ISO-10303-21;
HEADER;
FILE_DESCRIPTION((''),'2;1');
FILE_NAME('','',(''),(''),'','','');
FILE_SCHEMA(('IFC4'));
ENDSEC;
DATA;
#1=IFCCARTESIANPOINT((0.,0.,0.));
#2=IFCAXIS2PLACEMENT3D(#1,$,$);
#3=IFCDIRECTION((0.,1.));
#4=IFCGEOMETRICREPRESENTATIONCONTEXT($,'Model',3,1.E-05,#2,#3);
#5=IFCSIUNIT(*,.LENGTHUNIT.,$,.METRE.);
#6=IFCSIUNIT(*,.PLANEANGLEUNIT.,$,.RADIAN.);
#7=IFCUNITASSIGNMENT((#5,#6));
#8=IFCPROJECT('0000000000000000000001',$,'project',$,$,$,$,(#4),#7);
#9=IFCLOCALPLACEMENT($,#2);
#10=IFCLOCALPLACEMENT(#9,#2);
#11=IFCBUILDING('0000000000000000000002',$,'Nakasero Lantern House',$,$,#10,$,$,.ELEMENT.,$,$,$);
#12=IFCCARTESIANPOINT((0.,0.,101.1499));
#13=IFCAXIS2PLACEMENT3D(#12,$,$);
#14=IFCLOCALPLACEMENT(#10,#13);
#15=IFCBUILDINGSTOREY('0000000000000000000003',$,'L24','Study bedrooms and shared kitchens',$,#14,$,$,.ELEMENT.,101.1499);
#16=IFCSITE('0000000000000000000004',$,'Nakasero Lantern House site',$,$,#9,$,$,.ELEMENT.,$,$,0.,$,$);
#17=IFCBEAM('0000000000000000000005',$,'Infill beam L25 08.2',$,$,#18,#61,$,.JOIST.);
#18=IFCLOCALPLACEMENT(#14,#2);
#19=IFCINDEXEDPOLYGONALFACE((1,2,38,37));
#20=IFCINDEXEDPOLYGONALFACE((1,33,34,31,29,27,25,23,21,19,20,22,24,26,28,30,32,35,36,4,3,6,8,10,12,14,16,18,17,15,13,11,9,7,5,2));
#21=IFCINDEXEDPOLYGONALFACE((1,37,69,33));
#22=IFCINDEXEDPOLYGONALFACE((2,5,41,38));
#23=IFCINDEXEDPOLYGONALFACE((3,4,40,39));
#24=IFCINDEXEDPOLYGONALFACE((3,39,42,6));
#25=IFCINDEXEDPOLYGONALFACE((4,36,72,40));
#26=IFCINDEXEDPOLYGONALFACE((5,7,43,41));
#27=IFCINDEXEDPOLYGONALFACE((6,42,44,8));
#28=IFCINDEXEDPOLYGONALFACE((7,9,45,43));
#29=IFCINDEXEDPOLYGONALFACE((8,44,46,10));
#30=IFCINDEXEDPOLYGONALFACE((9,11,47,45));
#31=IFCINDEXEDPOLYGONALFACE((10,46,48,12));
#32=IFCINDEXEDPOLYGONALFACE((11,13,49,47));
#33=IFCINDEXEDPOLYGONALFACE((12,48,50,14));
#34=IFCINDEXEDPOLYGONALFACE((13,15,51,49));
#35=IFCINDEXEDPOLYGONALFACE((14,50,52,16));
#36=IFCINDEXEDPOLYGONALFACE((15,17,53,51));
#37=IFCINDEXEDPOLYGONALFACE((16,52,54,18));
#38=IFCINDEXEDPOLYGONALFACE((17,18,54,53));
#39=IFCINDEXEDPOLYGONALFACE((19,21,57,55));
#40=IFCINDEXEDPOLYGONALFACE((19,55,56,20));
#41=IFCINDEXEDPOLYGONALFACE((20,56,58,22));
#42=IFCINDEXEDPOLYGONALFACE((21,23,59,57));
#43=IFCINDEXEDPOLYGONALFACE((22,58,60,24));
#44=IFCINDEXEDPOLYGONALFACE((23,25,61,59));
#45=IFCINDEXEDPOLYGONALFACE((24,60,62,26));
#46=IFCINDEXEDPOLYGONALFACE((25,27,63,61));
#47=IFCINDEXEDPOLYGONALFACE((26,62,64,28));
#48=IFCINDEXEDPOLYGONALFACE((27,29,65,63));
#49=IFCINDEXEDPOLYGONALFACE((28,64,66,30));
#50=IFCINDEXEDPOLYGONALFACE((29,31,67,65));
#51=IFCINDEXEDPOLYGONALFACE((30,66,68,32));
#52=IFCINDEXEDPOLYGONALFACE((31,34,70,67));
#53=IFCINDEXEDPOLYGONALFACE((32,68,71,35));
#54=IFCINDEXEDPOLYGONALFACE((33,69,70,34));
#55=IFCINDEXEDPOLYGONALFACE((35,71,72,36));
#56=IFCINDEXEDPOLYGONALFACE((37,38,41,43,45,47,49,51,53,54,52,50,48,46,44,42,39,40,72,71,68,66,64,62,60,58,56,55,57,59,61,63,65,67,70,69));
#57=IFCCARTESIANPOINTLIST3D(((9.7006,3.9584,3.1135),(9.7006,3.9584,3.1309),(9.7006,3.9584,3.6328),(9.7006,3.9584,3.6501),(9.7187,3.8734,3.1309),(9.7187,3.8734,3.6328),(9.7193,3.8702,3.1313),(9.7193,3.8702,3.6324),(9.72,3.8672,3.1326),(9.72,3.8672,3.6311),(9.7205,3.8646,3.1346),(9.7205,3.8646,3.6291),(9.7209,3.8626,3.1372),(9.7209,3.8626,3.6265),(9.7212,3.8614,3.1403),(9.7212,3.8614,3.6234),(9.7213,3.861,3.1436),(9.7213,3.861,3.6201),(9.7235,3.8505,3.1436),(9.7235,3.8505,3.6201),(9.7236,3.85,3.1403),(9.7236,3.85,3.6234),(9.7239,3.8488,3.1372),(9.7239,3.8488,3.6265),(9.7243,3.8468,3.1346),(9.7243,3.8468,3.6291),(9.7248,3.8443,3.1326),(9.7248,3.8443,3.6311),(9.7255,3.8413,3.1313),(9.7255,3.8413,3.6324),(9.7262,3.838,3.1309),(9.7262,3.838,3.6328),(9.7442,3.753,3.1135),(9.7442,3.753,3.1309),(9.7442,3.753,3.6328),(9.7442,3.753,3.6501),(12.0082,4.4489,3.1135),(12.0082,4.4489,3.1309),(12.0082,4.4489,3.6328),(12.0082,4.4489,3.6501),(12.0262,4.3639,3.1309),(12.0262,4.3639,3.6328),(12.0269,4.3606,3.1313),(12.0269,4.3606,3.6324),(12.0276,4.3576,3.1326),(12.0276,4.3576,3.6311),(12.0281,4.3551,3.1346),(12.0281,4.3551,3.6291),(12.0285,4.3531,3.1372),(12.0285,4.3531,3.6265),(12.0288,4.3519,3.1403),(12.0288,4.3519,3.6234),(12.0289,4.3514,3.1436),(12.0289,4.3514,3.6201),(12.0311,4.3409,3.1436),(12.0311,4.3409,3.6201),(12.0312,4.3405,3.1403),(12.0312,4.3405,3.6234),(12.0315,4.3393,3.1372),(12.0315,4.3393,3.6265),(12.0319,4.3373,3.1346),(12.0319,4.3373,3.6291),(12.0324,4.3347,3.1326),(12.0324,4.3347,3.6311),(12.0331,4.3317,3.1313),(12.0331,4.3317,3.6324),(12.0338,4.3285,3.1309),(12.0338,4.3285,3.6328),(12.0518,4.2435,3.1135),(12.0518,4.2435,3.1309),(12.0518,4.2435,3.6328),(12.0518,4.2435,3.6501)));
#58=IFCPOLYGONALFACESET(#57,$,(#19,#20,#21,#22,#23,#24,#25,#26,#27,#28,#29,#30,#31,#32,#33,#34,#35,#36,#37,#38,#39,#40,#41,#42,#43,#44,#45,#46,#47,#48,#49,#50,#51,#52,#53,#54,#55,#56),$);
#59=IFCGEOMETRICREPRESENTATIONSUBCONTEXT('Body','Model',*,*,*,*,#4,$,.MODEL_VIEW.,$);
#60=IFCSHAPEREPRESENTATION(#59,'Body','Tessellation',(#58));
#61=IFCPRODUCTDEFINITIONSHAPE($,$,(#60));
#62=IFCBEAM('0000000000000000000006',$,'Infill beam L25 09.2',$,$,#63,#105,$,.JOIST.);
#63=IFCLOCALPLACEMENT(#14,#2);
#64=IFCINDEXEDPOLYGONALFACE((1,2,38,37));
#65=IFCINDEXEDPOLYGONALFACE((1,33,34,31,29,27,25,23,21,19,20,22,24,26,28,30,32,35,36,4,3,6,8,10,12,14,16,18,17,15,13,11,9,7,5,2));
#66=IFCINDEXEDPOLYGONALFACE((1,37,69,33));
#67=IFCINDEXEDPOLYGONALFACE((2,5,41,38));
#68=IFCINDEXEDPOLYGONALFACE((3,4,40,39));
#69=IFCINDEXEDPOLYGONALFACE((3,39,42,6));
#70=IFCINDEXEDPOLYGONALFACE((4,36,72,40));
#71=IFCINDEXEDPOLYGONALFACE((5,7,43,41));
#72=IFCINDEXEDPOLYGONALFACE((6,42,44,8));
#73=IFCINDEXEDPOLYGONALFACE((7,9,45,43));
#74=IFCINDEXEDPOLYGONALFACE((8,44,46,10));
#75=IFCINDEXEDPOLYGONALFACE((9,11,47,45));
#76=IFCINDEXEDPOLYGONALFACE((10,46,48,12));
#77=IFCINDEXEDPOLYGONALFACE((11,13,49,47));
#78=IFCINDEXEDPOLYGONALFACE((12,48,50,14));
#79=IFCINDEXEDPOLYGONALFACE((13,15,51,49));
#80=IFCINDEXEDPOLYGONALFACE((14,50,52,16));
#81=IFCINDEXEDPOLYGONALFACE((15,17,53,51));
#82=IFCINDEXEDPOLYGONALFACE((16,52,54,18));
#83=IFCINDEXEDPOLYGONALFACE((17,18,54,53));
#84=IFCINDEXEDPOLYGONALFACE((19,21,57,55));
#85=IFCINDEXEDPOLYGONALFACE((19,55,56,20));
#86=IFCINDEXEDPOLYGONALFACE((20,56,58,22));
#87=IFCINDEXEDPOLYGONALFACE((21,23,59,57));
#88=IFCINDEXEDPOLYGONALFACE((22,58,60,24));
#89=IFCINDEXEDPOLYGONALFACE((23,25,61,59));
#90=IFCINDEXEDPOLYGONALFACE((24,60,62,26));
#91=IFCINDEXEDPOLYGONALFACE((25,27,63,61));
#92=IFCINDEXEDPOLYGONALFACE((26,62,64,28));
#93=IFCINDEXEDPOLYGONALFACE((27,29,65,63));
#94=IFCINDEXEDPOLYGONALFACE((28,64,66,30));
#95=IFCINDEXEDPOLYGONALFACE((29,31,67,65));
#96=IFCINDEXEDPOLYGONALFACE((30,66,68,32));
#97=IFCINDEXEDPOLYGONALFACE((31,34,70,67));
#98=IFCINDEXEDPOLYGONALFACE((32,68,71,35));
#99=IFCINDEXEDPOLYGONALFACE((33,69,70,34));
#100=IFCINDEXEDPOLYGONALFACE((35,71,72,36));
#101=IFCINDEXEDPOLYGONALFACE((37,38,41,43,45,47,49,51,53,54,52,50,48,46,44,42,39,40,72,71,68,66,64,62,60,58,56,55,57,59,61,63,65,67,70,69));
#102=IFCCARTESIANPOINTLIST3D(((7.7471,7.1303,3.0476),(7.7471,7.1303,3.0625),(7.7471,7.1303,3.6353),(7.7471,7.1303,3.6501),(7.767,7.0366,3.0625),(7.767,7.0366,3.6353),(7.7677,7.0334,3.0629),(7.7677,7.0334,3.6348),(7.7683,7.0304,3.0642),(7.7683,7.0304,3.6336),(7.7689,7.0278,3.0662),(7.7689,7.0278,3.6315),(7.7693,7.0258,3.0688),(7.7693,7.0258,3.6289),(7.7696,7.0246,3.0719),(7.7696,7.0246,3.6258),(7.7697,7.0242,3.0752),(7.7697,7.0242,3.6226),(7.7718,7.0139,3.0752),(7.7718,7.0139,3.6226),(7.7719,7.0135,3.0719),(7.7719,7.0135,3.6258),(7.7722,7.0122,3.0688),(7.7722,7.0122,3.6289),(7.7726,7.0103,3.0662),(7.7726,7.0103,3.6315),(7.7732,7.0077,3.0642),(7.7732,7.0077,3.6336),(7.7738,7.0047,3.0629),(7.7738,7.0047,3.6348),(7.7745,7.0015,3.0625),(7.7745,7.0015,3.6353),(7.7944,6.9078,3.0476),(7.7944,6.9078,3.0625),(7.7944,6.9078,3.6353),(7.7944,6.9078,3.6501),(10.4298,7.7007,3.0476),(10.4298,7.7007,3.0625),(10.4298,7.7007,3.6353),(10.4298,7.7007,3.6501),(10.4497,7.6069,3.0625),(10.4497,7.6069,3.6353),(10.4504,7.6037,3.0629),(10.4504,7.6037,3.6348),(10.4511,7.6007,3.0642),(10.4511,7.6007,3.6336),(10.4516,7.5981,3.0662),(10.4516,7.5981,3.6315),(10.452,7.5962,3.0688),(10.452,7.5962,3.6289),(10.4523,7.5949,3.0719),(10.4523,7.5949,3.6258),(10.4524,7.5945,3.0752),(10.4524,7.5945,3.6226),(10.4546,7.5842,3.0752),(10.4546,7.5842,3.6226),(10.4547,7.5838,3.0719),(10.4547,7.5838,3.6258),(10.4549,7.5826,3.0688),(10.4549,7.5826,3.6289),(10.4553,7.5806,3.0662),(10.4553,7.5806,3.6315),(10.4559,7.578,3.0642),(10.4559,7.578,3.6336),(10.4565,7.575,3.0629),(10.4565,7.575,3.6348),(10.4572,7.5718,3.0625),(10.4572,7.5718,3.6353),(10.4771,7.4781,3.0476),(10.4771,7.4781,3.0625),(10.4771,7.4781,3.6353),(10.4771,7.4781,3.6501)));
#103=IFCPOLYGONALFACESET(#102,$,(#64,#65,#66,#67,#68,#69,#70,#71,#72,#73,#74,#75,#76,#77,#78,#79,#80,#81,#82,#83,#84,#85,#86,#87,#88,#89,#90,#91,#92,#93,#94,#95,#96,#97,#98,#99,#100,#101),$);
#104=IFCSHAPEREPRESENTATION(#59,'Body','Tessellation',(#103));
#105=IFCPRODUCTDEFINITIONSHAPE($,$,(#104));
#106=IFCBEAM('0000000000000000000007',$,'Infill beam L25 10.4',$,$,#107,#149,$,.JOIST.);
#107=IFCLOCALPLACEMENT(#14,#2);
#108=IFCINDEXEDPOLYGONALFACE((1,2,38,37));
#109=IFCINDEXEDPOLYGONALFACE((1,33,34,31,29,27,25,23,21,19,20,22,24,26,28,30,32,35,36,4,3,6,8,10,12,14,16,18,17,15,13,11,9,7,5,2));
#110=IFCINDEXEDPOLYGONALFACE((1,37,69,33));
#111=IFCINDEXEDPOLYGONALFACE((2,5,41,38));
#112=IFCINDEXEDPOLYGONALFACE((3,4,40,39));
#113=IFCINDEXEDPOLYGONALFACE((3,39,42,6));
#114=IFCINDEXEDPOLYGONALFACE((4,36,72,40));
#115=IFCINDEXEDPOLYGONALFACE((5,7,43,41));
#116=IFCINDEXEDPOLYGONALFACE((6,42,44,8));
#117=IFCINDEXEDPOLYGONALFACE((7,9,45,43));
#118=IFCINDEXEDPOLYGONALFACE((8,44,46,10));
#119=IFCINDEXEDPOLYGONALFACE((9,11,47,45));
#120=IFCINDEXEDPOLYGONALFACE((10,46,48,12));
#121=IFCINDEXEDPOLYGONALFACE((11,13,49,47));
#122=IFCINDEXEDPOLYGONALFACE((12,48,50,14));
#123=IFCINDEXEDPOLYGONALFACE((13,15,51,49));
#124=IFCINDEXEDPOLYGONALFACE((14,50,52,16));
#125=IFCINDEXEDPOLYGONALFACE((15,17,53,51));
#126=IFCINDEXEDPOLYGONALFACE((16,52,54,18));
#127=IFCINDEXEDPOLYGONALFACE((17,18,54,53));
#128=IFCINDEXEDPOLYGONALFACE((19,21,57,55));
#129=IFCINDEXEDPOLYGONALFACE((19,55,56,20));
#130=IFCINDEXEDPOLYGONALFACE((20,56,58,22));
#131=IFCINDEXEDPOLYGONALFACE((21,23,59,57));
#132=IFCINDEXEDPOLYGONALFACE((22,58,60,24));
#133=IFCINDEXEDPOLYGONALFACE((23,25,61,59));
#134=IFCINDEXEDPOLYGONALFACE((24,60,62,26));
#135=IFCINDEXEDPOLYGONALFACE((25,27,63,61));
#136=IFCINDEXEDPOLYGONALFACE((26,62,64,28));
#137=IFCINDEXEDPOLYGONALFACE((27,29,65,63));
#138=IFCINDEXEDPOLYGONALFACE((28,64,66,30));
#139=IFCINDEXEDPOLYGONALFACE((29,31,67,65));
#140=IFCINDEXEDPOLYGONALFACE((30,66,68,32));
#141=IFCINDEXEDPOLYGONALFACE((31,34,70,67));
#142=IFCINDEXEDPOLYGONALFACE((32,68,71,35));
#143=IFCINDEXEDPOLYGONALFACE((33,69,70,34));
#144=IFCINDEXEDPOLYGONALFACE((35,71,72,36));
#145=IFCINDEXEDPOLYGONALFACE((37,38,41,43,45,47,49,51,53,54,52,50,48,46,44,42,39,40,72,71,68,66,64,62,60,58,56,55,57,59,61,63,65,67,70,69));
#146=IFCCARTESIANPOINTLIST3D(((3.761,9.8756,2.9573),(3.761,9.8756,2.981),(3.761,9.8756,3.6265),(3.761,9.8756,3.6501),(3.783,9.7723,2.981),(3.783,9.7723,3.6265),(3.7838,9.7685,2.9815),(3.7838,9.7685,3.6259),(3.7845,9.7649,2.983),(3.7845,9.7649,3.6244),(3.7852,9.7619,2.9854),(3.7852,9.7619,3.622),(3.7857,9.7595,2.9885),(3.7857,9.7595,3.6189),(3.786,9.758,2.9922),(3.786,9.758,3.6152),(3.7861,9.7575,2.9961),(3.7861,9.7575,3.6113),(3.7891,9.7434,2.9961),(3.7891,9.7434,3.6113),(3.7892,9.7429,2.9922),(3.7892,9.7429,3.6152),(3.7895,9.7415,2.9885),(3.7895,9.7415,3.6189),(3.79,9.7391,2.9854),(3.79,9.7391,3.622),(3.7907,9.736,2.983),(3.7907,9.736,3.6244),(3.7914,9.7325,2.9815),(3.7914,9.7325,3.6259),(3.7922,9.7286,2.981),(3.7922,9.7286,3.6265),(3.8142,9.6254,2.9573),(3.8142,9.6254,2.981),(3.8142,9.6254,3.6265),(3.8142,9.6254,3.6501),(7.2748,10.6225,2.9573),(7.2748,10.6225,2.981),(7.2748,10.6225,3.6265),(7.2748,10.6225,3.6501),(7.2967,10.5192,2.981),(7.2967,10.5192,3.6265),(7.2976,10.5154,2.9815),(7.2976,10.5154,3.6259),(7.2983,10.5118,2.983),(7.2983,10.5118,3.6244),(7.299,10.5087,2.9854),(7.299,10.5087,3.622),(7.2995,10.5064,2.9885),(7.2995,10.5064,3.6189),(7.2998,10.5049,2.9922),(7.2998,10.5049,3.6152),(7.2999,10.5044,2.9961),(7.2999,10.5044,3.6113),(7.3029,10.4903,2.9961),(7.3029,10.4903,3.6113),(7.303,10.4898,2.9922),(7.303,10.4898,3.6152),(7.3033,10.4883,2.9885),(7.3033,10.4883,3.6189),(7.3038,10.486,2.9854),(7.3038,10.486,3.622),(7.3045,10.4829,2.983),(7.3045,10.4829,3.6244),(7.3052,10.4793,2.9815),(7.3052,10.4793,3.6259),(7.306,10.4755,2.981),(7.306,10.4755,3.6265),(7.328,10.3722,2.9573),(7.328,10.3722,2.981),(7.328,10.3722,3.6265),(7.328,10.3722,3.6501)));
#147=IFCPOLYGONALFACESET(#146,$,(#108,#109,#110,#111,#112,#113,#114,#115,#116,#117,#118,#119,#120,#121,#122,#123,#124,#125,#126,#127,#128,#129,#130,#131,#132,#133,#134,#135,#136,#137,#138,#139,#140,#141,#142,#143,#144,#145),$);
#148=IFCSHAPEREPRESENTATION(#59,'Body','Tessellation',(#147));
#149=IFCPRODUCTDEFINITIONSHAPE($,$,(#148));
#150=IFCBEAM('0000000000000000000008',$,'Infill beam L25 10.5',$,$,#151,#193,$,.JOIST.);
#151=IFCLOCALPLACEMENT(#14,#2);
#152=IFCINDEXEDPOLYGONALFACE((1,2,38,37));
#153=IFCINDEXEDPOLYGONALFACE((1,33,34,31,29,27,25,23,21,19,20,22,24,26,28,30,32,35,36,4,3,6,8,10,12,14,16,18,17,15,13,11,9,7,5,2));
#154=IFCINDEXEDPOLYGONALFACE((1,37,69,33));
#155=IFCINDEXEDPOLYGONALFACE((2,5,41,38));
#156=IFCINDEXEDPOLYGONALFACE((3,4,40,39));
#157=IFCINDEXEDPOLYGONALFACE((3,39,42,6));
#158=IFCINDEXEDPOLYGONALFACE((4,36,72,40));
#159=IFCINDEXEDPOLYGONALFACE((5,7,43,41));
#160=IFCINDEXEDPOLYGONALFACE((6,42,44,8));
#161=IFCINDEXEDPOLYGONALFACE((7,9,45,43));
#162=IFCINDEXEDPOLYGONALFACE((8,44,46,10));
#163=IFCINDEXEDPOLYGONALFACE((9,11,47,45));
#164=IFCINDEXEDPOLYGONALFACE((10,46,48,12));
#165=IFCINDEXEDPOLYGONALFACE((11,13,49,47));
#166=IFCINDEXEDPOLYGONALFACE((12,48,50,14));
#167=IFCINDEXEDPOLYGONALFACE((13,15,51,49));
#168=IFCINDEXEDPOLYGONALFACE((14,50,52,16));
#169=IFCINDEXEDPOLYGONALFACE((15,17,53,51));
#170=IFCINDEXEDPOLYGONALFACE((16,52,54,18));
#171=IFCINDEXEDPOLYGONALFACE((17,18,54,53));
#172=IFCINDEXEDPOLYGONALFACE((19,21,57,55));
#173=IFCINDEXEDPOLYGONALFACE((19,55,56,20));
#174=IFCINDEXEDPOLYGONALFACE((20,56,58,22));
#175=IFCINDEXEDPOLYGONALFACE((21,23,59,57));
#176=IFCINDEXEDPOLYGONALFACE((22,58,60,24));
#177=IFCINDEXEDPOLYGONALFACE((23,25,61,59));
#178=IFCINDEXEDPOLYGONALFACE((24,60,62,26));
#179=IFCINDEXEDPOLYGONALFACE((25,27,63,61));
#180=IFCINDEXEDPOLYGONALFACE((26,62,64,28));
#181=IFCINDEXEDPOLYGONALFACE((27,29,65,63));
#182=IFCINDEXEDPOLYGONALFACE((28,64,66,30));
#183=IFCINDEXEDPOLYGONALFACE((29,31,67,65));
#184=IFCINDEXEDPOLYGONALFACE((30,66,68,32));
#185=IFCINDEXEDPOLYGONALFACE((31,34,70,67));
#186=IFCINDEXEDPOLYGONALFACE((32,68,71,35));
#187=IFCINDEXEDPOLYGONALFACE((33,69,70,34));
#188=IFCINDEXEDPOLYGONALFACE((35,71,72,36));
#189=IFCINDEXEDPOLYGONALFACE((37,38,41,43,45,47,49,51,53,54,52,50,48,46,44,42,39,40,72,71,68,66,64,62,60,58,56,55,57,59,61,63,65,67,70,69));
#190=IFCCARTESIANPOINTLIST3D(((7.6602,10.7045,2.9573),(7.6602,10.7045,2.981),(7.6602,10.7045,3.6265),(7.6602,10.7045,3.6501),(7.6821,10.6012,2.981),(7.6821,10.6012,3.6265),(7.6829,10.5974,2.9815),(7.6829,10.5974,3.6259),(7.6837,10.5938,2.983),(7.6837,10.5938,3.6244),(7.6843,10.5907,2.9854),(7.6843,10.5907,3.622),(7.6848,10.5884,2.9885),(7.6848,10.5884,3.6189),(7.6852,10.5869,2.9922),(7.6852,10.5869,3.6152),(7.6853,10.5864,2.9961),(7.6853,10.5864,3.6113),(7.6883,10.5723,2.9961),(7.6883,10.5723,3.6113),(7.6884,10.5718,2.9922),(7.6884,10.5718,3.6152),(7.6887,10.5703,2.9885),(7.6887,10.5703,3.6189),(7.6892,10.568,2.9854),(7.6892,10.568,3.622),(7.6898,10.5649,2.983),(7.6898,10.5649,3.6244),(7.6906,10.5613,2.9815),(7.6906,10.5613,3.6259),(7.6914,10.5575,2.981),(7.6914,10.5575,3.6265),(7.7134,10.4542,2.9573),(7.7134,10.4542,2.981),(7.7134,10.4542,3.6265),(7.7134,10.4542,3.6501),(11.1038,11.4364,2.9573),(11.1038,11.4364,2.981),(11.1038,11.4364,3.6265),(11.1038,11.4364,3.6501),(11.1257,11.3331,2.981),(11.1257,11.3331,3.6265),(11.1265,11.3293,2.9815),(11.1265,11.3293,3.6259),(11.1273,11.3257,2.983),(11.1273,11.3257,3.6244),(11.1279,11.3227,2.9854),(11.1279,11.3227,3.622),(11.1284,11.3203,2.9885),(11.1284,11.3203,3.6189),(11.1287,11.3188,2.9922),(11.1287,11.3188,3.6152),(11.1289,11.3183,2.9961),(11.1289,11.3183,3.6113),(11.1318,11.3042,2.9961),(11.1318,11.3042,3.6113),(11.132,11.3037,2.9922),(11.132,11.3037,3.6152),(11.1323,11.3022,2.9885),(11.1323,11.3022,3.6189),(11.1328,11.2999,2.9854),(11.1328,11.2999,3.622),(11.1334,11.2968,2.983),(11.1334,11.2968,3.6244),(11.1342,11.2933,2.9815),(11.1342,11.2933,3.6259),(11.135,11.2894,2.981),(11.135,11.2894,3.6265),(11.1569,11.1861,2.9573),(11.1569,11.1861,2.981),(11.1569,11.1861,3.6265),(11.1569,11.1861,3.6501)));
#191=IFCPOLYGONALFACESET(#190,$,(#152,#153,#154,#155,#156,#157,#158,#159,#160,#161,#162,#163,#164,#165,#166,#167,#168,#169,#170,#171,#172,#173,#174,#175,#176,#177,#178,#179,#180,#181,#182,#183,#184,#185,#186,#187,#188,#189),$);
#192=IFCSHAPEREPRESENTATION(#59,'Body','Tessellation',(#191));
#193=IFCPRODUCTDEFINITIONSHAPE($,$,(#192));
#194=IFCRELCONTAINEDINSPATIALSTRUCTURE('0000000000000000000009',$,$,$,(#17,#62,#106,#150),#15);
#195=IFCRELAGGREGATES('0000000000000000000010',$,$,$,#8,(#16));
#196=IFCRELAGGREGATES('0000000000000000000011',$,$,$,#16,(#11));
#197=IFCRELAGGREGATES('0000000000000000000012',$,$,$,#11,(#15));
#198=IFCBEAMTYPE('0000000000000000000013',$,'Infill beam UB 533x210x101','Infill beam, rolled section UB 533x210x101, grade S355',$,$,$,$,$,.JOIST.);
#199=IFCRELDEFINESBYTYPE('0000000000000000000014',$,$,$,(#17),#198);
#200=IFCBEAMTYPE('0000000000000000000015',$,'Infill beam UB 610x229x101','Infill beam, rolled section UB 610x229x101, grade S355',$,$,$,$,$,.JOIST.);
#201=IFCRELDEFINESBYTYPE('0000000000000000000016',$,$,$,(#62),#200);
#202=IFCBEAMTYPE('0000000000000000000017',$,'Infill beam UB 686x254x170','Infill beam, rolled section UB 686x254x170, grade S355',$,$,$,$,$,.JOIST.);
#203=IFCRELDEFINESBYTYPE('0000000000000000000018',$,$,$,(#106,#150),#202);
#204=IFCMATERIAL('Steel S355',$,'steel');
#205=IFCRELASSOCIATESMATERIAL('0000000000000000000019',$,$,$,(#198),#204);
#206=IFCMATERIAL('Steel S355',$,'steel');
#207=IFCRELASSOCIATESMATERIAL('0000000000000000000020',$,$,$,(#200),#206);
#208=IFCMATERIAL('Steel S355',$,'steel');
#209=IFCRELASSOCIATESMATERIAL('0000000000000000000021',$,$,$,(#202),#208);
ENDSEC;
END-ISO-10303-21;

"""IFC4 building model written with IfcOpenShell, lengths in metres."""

from ifc_helpers import new_model, si_unit, direction, frame, origin, origin_2d, place, context, subcontext, project, spatial, i_section, extrude, material, material_profile, profile_set, type_object, element, save


model = new_model("IFC4")

# Units and contexts
model_context = context("Model", 3, precision=1e-05, world=origin(), true_north=direction((0.0, 1.0)))
body_context = subcontext(model_context, "Body", "Model", "MODEL_VIEW")
ifc_project = project(units=[si_unit("LENGTHUNIT", "METRE"), si_unit("PLANEANGLEUNIT", "RADIAN")], contexts=[model_context])

# Site, building, storey
site_placement = place(None, origin())
site = spatial("IfcSite", under=ifc_project, at=site_placement, Name="Nakasero Lantern House site", CompositionType="ELEMENT", RefElevation=0.0)
building_placement = place(site_placement, origin())
building = spatial("IfcBuilding", under=site, at=building_placement, Name="Nakasero Lantern House", CompositionType="ELEMENT")
storey_placement = place(building_placement, frame((0.0, 0.0, 101.1499)))
storey = spatial("IfcBuildingStorey", under=building, at=storey_placement, Name="L24", Description="Study bedrooms and shared kitchens", CompositionType="ELEMENT", Elevation=101.1499)

# Beams
ifc_material_1 = material(Name="Steel S355", Category="steel")
ifc_material_profile_1 = material_profile(ifc_material_1, i_section(OverallWidth=0.21, OverallDepth=0.5366, WebThickness=0.0107, FlangeThickness=0.0173, FilletRadius=0.0127, at=origin_2d()), Name="UB 533x210x101")
ifc_profile_set_1 = profile_set([ifc_material_profile_1], Name="Steel S355")
beam_type_1 = type_object("IfcBeamType", Name="Infill beam UB 533x210x101", Description="Infill beam, rolled section UB 533x210x101, grade S355", PredefinedType="JOIST", material=ifc_profile_set_1)
beam_1_placement = place(storey_placement, frame((9.7224, 3.8557, 3.3818), z_axis=(0.978149, 0.207903, 0.0), x_axis=(-0.207903, 0.978149, 0.0)))
element("IfcBeam", 1, at=beam_1_placement, inside=storey, type_object=beam_type_1, Name="Infill beam L25 08.2", PredefinedType="JOIST", context=body_context, shape_type="SweptSolid", body=[
    extrude(i_section(OverallWidth=0.21, OverallDepth=0.5366, WebThickness=0.0107, FlangeThickness=0.0173, FilletRadius=0.0127, at=origin_2d()), origin(), (0.0, 0.0, 1.0), 2.3591),
])
ifc_material_2 = material(Name="Steel S355", Category="steel")
ifc_material_profile_2 = material_profile(ifc_material_2, i_section(OverallWidth=0.2275, OverallDepth=0.6025, WebThickness=0.0105, FlangeThickness=0.0149, FilletRadius=0.0127, at=origin_2d()), Name="UB 610x229x101")
ifc_profile_set_2 = profile_set([ifc_material_profile_2], Name="Steel S355")
beam_type_2 = type_object("IfcBeamType", Name="Infill beam UB 610x229x101", Description="Infill beam, rolled section UB 610x229x101, grade S355", PredefinedType="JOIST", material=ifc_profile_set_2)
beam_2_placement = place(storey_placement, frame((7.7708, 7.019, 3.3489), z_axis=(0.97814, 0.207948, 0.0), x_axis=(-0.207948, 0.97814, 0.0)))
element("IfcBeam", 2, at=beam_2_placement, inside=storey, type_object=beam_type_2, Name="Infill beam L25 09.2", PredefinedType="JOIST", context=body_context, shape_type="SweptSolid", body=[
    extrude(i_section(OverallWidth=0.2275, OverallDepth=0.6025, WebThickness=0.0105, FlangeThickness=0.0149, FilletRadius=0.0127, at=origin_2d()), origin(), (0.0, 0.0, 1.0), 2.7427),
])
ifc_material_3 = material(Name="Steel S355", Category="steel")
ifc_material_profile_3 = material_profile(ifc_material_3, i_section(OverallWidth=0.2559, OverallDepth=0.6929, WebThickness=0.0144, FlangeThickness=0.0237, FilletRadius=0.0151, at=origin_2d()), Name="UB 686x254x170")
ifc_profile_set_3 = profile_set([ifc_material_profile_3], Name="Steel S355")
beam_type_3 = type_object("IfcBeamType", Name="Infill beam UB 686x254x170", Description="Infill beam, rolled section UB 686x254x170, grade S355", PredefinedType="JOIST", material=ifc_profile_set_3)
beam_3_placement = place(storey_placement, frame((3.7876, 9.7505, 3.3037), z_axis=(0.978149, 0.207904, 0.0), x_axis=(-0.207904, 0.978149, 0.0)))
element("IfcBeam", 3, at=beam_3_placement, inside=storey, type_object=beam_type_3, Name="Infill beam L25 10.4", PredefinedType="JOIST", context=body_context, shape_type="SweptSolid", body=[
    extrude(i_section(OverallWidth=0.2559, OverallDepth=0.6929, WebThickness=0.0144, FlangeThickness=0.0237, FilletRadius=0.0151, at=origin_2d()), origin(), (0.0, 0.0, 1.0), 3.5923),
])
beam_4_placement = place(storey_placement, frame((7.6868, 10.5793, 3.3037), z_axis=(0.978149, 0.207904, 0.0), x_axis=(-0.207904, 0.978149, 0.0)))
element("IfcBeam", 4, at=beam_4_placement, inside=storey, type_object=beam_type_3, Name="Infill beam L25 10.5", PredefinedType="JOIST", context=body_context, shape_type="SweptSolid", body=[
    extrude(i_section(OverallWidth=0.2559, OverallDepth=0.6929, WebThickness=0.0144, FlangeThickness=0.0237, FilletRadius=0.0151, at=origin_2d()), origin(), (0.0, 0.0, 1.0), 3.5205),
])

save(model, "model.ifc")
